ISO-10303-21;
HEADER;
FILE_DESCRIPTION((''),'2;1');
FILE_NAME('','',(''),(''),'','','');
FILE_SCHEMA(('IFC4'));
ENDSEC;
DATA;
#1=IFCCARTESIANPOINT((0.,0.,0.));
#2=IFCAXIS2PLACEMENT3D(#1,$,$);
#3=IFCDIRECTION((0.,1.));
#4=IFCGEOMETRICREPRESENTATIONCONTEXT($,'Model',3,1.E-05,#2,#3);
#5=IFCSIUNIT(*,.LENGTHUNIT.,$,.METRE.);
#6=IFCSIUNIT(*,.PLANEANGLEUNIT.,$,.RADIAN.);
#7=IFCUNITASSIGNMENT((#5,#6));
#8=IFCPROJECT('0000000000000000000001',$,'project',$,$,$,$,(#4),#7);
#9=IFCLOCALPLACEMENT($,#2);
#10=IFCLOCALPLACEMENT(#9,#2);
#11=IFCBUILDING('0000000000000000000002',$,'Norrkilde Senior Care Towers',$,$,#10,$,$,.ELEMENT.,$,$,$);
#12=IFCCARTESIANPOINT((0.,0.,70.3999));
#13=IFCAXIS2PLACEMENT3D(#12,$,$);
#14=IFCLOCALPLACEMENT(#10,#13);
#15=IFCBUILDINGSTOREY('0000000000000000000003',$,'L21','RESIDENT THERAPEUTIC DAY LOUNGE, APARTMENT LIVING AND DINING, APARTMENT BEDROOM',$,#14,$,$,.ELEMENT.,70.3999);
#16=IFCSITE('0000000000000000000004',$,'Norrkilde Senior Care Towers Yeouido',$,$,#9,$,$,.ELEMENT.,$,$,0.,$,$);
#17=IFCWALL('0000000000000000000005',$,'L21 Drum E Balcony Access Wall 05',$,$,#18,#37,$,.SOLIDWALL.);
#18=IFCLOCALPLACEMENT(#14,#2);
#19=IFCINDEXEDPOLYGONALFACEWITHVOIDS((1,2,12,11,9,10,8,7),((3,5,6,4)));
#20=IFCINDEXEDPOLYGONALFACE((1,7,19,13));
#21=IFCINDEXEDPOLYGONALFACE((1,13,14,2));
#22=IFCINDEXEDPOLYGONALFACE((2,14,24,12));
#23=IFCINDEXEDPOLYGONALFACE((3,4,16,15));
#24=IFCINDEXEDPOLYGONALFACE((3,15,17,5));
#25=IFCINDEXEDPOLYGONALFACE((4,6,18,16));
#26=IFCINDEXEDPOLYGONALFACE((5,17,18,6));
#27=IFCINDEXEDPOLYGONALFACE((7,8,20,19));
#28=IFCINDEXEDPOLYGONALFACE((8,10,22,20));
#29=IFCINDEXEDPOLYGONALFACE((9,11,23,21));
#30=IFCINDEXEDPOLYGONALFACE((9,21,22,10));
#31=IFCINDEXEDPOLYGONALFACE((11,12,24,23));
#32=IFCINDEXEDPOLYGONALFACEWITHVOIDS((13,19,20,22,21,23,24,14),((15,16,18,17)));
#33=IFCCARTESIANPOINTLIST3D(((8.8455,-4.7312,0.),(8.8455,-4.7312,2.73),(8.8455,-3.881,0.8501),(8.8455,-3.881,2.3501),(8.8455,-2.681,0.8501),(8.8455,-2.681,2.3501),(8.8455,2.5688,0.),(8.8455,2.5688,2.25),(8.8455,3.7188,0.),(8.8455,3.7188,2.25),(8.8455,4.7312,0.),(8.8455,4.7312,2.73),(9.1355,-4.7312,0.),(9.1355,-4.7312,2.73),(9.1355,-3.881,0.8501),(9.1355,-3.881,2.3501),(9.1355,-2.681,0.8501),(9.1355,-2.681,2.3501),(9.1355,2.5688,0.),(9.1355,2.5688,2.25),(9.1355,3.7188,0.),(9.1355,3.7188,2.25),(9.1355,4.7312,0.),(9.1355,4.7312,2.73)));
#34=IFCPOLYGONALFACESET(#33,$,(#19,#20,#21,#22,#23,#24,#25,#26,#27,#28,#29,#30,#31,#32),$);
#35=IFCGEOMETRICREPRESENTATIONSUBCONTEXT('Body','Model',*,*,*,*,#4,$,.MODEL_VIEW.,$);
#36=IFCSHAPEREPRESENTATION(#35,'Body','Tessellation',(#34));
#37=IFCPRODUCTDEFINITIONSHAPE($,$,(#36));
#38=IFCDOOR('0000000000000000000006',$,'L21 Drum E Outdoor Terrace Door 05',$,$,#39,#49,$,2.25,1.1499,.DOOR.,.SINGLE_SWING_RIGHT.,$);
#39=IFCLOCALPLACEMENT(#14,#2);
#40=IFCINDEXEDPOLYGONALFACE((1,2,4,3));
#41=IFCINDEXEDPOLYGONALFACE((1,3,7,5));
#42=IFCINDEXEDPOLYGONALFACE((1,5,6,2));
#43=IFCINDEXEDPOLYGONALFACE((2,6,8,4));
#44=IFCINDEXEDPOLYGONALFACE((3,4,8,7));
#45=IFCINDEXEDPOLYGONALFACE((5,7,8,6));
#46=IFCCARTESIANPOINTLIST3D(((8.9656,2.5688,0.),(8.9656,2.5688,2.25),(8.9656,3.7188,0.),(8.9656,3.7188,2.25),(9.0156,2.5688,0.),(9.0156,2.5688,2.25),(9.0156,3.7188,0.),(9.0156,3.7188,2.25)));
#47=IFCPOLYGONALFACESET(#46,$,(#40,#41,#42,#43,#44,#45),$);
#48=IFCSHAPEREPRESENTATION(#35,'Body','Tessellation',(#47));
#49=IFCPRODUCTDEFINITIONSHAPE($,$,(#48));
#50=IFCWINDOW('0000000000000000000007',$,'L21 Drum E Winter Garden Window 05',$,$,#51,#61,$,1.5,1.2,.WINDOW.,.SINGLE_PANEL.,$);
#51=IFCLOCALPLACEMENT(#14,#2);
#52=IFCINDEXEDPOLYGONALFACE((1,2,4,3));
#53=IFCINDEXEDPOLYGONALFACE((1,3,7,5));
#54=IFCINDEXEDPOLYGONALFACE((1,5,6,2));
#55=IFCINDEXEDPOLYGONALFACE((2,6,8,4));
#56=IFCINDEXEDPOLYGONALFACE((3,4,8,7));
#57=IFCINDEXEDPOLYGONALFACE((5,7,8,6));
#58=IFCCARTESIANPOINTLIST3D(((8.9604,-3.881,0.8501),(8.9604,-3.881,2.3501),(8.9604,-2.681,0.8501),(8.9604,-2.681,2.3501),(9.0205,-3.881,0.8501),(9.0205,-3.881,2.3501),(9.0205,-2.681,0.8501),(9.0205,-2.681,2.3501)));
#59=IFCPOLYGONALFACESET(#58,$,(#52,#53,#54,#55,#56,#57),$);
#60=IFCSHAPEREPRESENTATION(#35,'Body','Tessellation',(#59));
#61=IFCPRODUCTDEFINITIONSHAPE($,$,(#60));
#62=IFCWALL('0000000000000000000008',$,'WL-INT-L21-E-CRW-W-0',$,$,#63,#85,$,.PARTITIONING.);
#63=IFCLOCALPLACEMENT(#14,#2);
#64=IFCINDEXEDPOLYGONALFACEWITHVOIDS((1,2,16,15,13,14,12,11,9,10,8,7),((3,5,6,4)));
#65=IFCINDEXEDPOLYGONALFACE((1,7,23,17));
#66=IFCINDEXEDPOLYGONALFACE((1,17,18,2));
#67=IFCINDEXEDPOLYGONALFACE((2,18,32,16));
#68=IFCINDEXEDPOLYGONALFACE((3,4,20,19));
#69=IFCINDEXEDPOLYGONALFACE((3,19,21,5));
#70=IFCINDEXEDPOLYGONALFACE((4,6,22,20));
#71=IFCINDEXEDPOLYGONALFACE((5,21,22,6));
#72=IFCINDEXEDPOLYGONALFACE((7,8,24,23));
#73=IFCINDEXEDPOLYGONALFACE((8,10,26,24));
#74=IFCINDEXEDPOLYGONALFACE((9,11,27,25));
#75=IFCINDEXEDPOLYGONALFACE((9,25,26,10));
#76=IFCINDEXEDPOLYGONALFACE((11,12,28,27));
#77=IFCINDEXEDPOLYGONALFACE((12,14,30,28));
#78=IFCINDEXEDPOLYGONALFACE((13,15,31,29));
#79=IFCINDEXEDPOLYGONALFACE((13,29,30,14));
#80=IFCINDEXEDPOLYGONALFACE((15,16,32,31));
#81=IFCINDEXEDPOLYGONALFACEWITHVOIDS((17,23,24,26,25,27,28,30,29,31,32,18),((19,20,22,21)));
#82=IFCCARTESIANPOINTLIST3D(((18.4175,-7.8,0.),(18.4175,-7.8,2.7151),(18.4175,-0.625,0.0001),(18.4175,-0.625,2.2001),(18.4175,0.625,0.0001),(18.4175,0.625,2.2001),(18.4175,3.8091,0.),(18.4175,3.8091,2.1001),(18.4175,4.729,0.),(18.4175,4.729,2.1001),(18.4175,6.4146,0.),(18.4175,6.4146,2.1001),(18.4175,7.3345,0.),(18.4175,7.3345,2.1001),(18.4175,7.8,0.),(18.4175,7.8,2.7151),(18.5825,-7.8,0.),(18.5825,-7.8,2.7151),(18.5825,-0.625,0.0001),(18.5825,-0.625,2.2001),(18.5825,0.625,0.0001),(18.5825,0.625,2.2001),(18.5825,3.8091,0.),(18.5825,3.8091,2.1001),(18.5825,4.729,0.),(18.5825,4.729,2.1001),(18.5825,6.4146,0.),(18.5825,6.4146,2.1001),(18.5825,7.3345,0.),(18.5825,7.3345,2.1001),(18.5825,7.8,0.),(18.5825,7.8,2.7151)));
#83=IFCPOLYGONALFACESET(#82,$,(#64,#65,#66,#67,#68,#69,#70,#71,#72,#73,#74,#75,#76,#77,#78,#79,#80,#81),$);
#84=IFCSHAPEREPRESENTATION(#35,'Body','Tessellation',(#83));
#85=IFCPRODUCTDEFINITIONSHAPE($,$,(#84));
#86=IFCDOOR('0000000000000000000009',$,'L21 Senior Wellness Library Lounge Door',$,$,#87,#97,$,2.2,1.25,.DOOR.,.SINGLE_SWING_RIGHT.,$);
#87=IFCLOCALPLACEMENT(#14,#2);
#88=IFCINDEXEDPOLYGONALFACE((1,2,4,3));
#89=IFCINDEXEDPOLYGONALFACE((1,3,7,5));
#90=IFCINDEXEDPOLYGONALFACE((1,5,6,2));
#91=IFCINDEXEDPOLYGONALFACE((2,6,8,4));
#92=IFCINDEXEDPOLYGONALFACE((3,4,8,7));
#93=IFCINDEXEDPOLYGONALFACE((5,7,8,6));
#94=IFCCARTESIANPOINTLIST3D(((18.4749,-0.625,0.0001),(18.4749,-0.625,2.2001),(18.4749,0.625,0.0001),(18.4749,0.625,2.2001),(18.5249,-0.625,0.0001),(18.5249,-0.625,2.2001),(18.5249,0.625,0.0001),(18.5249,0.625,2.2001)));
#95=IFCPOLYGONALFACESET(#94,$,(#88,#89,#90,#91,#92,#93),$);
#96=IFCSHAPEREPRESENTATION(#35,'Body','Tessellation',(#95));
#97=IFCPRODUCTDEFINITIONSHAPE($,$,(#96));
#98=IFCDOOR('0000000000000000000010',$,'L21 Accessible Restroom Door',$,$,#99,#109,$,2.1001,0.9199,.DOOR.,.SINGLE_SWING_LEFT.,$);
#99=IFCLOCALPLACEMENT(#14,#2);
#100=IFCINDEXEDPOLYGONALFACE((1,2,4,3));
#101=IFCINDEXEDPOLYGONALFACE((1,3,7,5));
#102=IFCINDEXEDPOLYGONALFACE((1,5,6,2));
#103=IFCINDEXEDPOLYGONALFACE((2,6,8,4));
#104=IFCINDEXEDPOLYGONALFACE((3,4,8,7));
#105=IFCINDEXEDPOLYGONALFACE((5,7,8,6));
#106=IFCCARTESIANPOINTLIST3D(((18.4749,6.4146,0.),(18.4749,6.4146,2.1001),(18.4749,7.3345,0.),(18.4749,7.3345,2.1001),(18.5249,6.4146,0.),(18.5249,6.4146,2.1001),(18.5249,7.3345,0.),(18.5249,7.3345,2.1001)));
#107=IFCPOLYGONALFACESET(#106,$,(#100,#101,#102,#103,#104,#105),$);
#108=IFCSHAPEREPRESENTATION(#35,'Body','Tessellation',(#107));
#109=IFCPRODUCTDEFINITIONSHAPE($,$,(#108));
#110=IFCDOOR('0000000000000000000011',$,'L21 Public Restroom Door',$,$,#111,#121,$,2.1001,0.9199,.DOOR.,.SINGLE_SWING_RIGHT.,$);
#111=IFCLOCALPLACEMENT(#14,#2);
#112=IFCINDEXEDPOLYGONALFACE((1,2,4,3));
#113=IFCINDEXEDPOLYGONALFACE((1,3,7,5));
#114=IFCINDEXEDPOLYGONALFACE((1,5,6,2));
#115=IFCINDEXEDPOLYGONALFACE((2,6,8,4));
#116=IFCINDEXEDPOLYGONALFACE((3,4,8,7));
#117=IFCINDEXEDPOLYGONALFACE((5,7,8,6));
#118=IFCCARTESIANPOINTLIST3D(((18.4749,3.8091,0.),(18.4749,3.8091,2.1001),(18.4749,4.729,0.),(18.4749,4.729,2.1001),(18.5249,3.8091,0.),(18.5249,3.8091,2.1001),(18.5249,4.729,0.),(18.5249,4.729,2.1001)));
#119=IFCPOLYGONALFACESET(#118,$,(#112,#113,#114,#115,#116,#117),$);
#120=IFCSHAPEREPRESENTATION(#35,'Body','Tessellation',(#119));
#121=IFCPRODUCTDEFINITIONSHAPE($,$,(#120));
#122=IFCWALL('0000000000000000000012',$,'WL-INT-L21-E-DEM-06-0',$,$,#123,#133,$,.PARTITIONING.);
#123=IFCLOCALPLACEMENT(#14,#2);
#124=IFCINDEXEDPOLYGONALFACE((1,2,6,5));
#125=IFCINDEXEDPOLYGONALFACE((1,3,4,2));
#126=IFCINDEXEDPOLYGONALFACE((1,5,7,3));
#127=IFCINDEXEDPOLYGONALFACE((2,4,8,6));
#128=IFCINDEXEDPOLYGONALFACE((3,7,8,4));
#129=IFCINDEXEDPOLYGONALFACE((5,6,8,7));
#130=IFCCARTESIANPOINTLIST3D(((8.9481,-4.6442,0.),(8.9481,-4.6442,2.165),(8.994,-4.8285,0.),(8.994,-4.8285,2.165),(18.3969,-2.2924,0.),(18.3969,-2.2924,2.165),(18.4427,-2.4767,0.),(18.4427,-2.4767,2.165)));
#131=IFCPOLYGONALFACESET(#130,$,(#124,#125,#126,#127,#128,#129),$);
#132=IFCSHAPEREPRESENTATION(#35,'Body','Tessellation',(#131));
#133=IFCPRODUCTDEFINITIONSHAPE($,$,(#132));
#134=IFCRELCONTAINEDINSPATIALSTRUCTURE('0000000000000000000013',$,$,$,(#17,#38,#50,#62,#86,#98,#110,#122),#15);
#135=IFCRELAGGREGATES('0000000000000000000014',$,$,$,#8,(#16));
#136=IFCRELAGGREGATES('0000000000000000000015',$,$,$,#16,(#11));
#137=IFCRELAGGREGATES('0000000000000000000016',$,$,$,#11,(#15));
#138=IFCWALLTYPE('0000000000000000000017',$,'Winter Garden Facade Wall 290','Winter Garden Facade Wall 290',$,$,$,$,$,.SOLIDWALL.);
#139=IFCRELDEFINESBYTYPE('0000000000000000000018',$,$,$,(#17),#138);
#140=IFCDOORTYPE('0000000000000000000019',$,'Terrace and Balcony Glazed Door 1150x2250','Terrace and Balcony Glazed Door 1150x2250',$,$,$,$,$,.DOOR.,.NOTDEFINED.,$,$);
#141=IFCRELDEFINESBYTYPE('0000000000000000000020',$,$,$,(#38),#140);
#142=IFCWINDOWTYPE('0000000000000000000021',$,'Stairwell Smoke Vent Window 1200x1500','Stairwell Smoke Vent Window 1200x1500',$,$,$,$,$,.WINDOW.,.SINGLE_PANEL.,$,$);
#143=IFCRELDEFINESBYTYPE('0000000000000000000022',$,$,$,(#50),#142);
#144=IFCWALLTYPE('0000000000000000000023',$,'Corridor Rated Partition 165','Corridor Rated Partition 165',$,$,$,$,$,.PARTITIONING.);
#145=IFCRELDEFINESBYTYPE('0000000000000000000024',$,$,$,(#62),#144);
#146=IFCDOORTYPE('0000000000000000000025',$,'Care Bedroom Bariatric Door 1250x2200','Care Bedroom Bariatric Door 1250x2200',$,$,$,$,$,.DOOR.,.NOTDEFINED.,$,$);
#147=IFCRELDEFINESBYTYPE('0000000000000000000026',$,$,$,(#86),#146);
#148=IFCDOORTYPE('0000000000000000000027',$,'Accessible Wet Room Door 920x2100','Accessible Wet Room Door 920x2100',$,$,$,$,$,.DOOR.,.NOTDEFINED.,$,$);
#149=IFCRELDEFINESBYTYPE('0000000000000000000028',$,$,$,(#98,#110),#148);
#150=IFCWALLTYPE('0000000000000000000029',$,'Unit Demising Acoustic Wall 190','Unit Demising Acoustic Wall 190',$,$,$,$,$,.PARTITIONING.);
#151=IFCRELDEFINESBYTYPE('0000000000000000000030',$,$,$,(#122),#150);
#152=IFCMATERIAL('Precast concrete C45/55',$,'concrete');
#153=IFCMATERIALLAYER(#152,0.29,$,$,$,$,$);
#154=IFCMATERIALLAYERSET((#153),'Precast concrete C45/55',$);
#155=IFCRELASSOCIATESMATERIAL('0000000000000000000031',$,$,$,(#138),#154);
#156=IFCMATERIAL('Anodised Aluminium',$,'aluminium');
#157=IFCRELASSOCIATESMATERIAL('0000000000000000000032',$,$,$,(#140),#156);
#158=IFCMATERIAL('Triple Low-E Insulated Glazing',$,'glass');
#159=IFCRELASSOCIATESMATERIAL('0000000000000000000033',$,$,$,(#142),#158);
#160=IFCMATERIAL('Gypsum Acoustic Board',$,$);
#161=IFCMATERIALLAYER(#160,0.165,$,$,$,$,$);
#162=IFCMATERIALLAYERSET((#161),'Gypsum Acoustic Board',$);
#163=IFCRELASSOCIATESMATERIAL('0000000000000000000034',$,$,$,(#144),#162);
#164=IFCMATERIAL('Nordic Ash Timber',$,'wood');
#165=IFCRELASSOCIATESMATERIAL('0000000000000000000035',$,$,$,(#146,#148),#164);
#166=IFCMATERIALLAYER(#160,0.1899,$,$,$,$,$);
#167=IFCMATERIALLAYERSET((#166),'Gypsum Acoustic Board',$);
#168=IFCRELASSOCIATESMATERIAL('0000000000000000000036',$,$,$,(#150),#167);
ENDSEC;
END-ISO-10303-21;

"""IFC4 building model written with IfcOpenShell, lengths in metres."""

from ifc_helpers import new_model, si_unit, direction, frame, frame_2d, origin, place, context, subcontext, project, spatial, rectangle, extrude, source, transform, mapped, material, layer, layer_set, type_object, type_shapes, element, fill, save


model = new_model("IFC4")

# Units and contexts
model_context = context("Model", 3, precision=1e-05, world=origin(), true_north=direction((0.0, 1.0)))
body_context = subcontext(model_context, "Body", "Model", "MODEL_VIEW")
ifc_project = project(units=[si_unit("LENGTHUNIT", "METRE"), si_unit("PLANEANGLEUNIT", "RADIAN")], contexts=[model_context])

# Site, building, storey
site_placement = place(None, origin())
site = spatial("IfcSite", under=ifc_project, at=site_placement, Name="Norrkilde Senior Care Towers Yeouido", CompositionType="ELEMENT", RefElevation=0.0)
building_placement = place(site_placement, origin())
building = spatial("IfcBuilding", under=site, at=building_placement, Name="Norrkilde Senior Care Towers", CompositionType="ELEMENT")
storey_placement = place(building_placement, frame((0.0, 0.0, 70.3999)))
storey = spatial("IfcBuildingStorey", under=building, at=storey_placement, Name="L21", Description="RESIDENT THERAPEUTIC DAY LOUNGE, APARTMENT LIVING AND DINING, APARTMENT BEDROOM", CompositionType="ELEMENT", Elevation=70.3999)

# Shared definitions
ifc_material_1 = material(Name="Triple Low-E Insulated Glazing", Category="glass")
ifc_material_2 = material(Name="Anodised Aluminium", Category="aluminium")

# Wall, openings, door, window
ifc_material_3 = material(Name="Precast concrete C45/55", Category="concrete")
ifc_layer_1 = layer(ifc_material_3, 0.29)
ifc_layer_set_1 = layer_set([ifc_layer_1], Name="Precast concrete C45/55")
wall_type_1 = type_object("IfcWallType", Name="Winter Garden Facade Wall 290", Description="Winter Garden Facade Wall 290", PredefinedType="SOLIDWALL", material=ifc_layer_set_1)
shared_shape_1 = source(origin(), body_context, "Body", "SweptSolid", [
    extrude(rectangle(XDim=9.4624, YDim=0.29, at=frame_2d((4.7312, 0.0))), origin(), (0.0, 0.0, 1.0), 2.73),
])
type_shapes(wall_type_1, [shared_shape_1])
wall_1_placement = place(storey_placement, frame((8.9905, -4.7312, 0.0), z_axis=(0.0, 0.0, 1.0), x_axis=(0.0, 1.0, 0.0)))
wall_1 = element("IfcWall", 1, at=wall_1_placement, inside=storey, type_object=wall_type_1, Name="L21 Drum E Balcony Access Wall 05", PredefinedType="SOLIDWALL", context=body_context, shape_type="MappedRepresentation", body=[
    mapped(shared_shape_1, transform((0.0, 0.0, 0.0), x_axis=(1.0, 0.0, 0.0), y_axis=(0.0, 1.0, 0.0), z_axis=(0.0, 0.0, 1.0), scale=1.0)),
])
opening_1_placement = place(wall_1_placement, frame((7.3, 0.0, 0.0)))
opening_1 = element("IfcOpeningElement", 2, at=opening_1_placement, cuts=wall_1, PredefinedType="OPENING", context=body_context, shape_type="SweptSolid", body=[
    extrude(rectangle(XDim=1.1499, YDim=2.25, at=frame_2d((0.575, 1.125))), frame((0.0, 0.155, 0.0), z_axis=(0.0, -1.0, 0.0), x_axis=(1.0, 0.0, 0.0)), (0.0, 0.0, 1.0), 0.3101),
])
opening_2_placement = place(wall_1_placement, frame((0.8501, 0.0, 0.8501)))
opening_2 = element("IfcOpeningElement", 3, at=opening_2_placement, cuts=wall_1, PredefinedType="OPENING", context=body_context, shape_type="SweptSolid", body=[
    extrude(rectangle(XDim=1.2, YDim=1.5, at=frame_2d((0.6001, 0.75))), frame((0.0, 0.155, 0.0), z_axis=(0.0, -1.0, 0.0), x_axis=(1.0, 0.0, 0.0)), (0.0, 0.0, 1.0), 0.3101),
])
door_type_1 = type_object("IfcDoorType", Name="Terrace and Balcony Glazed Door 1150x2250", Description="Terrace and Balcony Glazed Door 1150x2250", OperationType="NOTDEFINED", PredefinedType="DOOR", material=ifc_material_2)
shared_shape_2 = source(origin(), body_context, "Body", "SweptSolid", [
    extrude(rectangle(XDim=1.1499, YDim=2.25, at=frame_2d((0.575, 1.125))), frame((0.0, 0.0249, 0.0), z_axis=(0.0, -1.0, 0.0), x_axis=(1.0, 0.0, 0.0)), (0.0, 0.0, 1.0), 0.05),
])
type_shapes(door_type_1, [shared_shape_2])
door_1_placement = place(opening_1_placement, origin())
door_1 = element("IfcDoor", 4, at=door_1_placement, inside=storey, type_object=door_type_1, Name="L21 Drum E Outdoor Terrace Door 05", OperationType="SINGLE_SWING_RIGHT", OverallHeight=2.25, OverallWidth=1.1499, PredefinedType="DOOR", context=body_context, shape_type="MappedRepresentation", body=[
    mapped(shared_shape_2, transform((0.0, 0.0, 0.0), x_axis=(1.0, 0.0, 0.0), y_axis=(0.0, 1.0, 0.0), z_axis=(0.0, 0.0, 1.0), scale=1.0)),
])
fill(opening_1, door_1)
window_type = type_object("IfcWindowType", Name="Stairwell Smoke Vent Window 1200x1500", Description="Stairwell Smoke Vent Window 1200x1500", PartitioningType="SINGLE_PANEL", PredefinedType="WINDOW", material=ifc_material_1)
shared_shape_3 = source(origin(), body_context, "Body", "SweptSolid", [
    extrude(rectangle(XDim=1.2, YDim=1.5, at=frame_2d((0.6001, 0.75))), frame((0.0, 0.03, 0.0), z_axis=(0.0, -1.0, 0.0), x_axis=(1.0, 0.0, 0.0)), (0.0, 0.0, 1.0), 0.0601),
])
type_shapes(window_type, [shared_shape_3])
window_placement = place(opening_2_placement, origin())
window = element("IfcWindow", 5, at=window_placement, inside=storey, type_object=window_type, Name="L21 Drum E Winter Garden Window 05", OverallHeight=1.5, OverallWidth=1.2, PartitioningType="SINGLE_PANEL", PredefinedType="WINDOW", context=body_context, shape_type="MappedRepresentation", body=[
    mapped(shared_shape_3, transform((0.0, 0.0, 0.0), x_axis=(1.0, 0.0, 0.0), y_axis=(0.0, 1.0, 0.0), z_axis=(0.0, 0.0, 1.0), scale=1.0)),
])
fill(opening_2, window)

# Wall, openings, doors
ifc_material_4 = material(Name="Gypsum Acoustic Board")
ifc_layer_2 = layer(ifc_material_4, 0.165)
ifc_layer_set_2 = layer_set([ifc_layer_2], Name="Gypsum Acoustic Board")
wall_type_2 = type_object("IfcWallType", Name="Corridor Rated Partition 165", Description="Corridor Rated Partition 165", PredefinedType="PARTITIONING", material=ifc_layer_set_2)
shared_shape_4 = source(origin(), body_context, "Body", "SweptSolid", [
    extrude(rectangle(XDim=15.6001, YDim=0.165, at=frame_2d((7.8, 0.0))), origin(), (0.0, 0.0, 1.0), 2.7151),
])
type_shapes(wall_type_2, [shared_shape_4])
wall_2_placement = place(storey_placement, frame((18.5, -7.8, 0.0), z_axis=(0.0, 0.0, 1.0), x_axis=(0.0, 1.0, 0.0)))
wall_2 = element("IfcWall", 6, at=wall_2_placement, inside=storey, type_object=wall_type_2, Name="WL-INT-L21-E-CRW-W-0", PredefinedType="PARTITIONING", context=body_context, shape_type="MappedRepresentation", body=[
    mapped(shared_shape_4, transform((0.0, 0.0, 0.0), x_axis=(1.0, 0.0, 0.0), y_axis=(0.0, 1.0, 0.0), z_axis=(0.0, 0.0, 1.0), scale=1.0)),
])
opening_3_placement = place(wall_2_placement, frame((14.2146, 0.0, 0.0)))
opening_3 = element("IfcOpeningElement", 7, at=opening_3_placement, cuts=wall_2, PredefinedType="OPENING", context=body_context, shape_type="SweptSolid", body=[
    extrude(rectangle(XDim=0.9199, YDim=2.1001, at=frame_2d((0.46, 1.05))), frame((0.0, 0.0925, 0.0), z_axis=(0.0, -1.0, 0.0), x_axis=(1.0, 0.0, 0.0)), (0.0, 0.0, 1.0), 0.1851),
])
opening_4_placement = place(wall_2_placement, frame((11.6091, 0.0, 0.0)))
opening_4 = element("IfcOpeningElement", 8, at=opening_4_placement, cuts=wall_2, PredefinedType="OPENING", context=body_context, shape_type="SweptSolid", body=[
    extrude(rectangle(XDim=0.9199, YDim=2.1001, at=frame_2d((0.46, 1.05))), frame((0.0, 0.0925, 0.0), z_axis=(0.0, -1.0, 0.0), x_axis=(1.0, 0.0, 0.0)), (0.0, 0.0, 1.0), 0.1851),
])
opening_5_placement = place(wall_2_placement, frame((7.175, 0.0, 0.0)))
opening_5 = element("IfcOpeningElement", 9, at=opening_5_placement, cuts=wall_2, PredefinedType="OPENING", context=body_context, shape_type="SweptSolid", body=[
    extrude(rectangle(XDim=1.25, YDim=2.2, at=frame_2d((0.625, 1.1001))), frame((0.0, 0.0925, 0.0), z_axis=(0.0, -1.0, 0.0), x_axis=(1.0, 0.0, 0.0)), (0.0, 0.0, 1.0), 0.1851),
])
ifc_material_5 = material(Name="Nordic Ash Timber", Category="wood")
door_type_2 = type_object("IfcDoorType", Name="Care Bedroom Bariatric Door 1250x2200", Description="Care Bedroom Bariatric Door 1250x2200", OperationType="NOTDEFINED", PredefinedType="DOOR", material=ifc_material_5)
shared_shape_5 = source(origin(), body_context, "Body", "SweptSolid", [
    extrude(rectangle(XDim=1.25, YDim=2.2, at=frame_2d((0.625, 1.1001))), frame((0.0, 0.0249, 0.0), z_axis=(0.0, -1.0, 0.0), x_axis=(1.0, 0.0, 0.0)), (0.0, 0.0, 1.0), 0.05),
])
type_shapes(door_type_2, [shared_shape_5])
door_2_placement = place(opening_5_placement, frame((1.25, 0.0, 0.0), z_axis=(0.0, 0.0, 1.0), x_axis=(-1.0, 0.0, 0.0)))
door_2 = element("IfcDoor", 10, at=door_2_placement, inside=storey, type_object=door_type_2, Name="L21 Senior Wellness Library Lounge Door", OperationType="SINGLE_SWING_RIGHT", OverallHeight=2.2, OverallWidth=1.25, PredefinedType="DOOR", context=body_context, shape_type="MappedRepresentation", body=[
    mapped(shared_shape_5, transform((0.0, 0.0, 0.0), x_axis=(1.0, 0.0, 0.0), y_axis=(0.0, 1.0, 0.0), z_axis=(0.0, 0.0, 1.0), scale=1.0)),
])
fill(opening_5, door_2)
door_type_3 = type_object("IfcDoorType", Name="Accessible Wet Room Door 920x2100", Description="Accessible Wet Room Door 920x2100", OperationType="NOTDEFINED", PredefinedType="DOOR", material=ifc_material_5)
shared_shape_6 = source(origin(), body_context, "Body", "SweptSolid", [
    extrude(rectangle(XDim=0.9199, YDim=2.1001, at=frame_2d((0.46, 1.05))), frame((0.0, 0.0249, 0.0), z_axis=(0.0, -1.0, 0.0), x_axis=(1.0, 0.0, 0.0)), (0.0, 0.0, 1.0), 0.05),
])
type_shapes(door_type_3, [shared_shape_6])
door_3_placement = place(opening_3_placement, frame((0.9199, 0.0, 0.0), z_axis=(0.0, 0.0, 1.0), x_axis=(-1.0, 0.0, 0.0)))
door_3 = element("IfcDoor", 11, at=door_3_placement, inside=storey, type_object=door_type_3, Name="L21 Accessible Restroom Door", OperationType="SINGLE_SWING_LEFT", OverallHeight=2.1001, OverallWidth=0.9199, PredefinedType="DOOR", context=body_context, shape_type="MappedRepresentation", body=[
    mapped(shared_shape_6, transform((0.0, 0.0, 0.0), x_axis=(1.0, 0.0, 0.0), y_axis=(0.0, 1.0, 0.0), z_axis=(0.0, 0.0, 1.0), scale=1.0)),
])
fill(opening_3, door_3)
door_4_placement = place(opening_4_placement, frame((0.9199, 0.0, 0.0), z_axis=(0.0, 0.0, 1.0), x_axis=(-1.0, 0.0, 0.0)))
door_4 = element("IfcDoor", 12, at=door_4_placement, inside=storey, type_object=door_type_3, Name="L21 Public Restroom Door", OperationType="SINGLE_SWING_RIGHT", OverallHeight=2.1001, OverallWidth=0.9199, PredefinedType="DOOR", context=body_context, shape_type="MappedRepresentation", body=[
    mapped(shared_shape_6, transform((0.0, 0.0, 0.0), x_axis=(1.0, 0.0, 0.0), y_axis=(0.0, 1.0, 0.0), z_axis=(0.0, 0.0, 1.0), scale=1.0)),
])
fill(opening_4, door_4)

# Wall
ifc_layer_3 = layer(ifc_material_4, 0.1899)
ifc_layer_set_3 = layer_set([ifc_layer_3], Name="Gypsum Acoustic Board")
wall_type_3 = type_object("IfcWallType", Name="Unit Demising Acoustic Wall 190", Description="Unit Demising Acoustic Wall 190", PredefinedType="PARTITIONING", material=ifc_layer_set_3)
shared_shape_7 = source(origin(), body_context, "Body", "SweptSolid", [
    extrude(rectangle(XDim=9.7371, YDim=0.1899, at=frame_2d((4.8687, 0.0))), origin(), (0.0, 0.0, 1.0), 2.165),
])
type_shapes(wall_type_3, [shared_shape_7])
wall_3_placement = place(storey_placement, frame((18.4199, -2.3845, 0.0), z_axis=(0.0, 0.0, 1.0), x_axis=(-0.970393, -0.241533, 0.0)))
element("IfcWall", 13, at=wall_3_placement, inside=storey, type_object=wall_type_3, Name="WL-INT-L21-E-DEM-06-0", PredefinedType="PARTITIONING", context=body_context, shape_type="MappedRepresentation", body=[
    mapped(shared_shape_7, transform((0.0, 0.0, 0.0), x_axis=(1.0, 0.0, 0.0), y_axis=(0.0, 1.0, 0.0), z_axis=(0.0, 0.0, 1.0), scale=1.0)),
])

save(model, "model.ifc")
